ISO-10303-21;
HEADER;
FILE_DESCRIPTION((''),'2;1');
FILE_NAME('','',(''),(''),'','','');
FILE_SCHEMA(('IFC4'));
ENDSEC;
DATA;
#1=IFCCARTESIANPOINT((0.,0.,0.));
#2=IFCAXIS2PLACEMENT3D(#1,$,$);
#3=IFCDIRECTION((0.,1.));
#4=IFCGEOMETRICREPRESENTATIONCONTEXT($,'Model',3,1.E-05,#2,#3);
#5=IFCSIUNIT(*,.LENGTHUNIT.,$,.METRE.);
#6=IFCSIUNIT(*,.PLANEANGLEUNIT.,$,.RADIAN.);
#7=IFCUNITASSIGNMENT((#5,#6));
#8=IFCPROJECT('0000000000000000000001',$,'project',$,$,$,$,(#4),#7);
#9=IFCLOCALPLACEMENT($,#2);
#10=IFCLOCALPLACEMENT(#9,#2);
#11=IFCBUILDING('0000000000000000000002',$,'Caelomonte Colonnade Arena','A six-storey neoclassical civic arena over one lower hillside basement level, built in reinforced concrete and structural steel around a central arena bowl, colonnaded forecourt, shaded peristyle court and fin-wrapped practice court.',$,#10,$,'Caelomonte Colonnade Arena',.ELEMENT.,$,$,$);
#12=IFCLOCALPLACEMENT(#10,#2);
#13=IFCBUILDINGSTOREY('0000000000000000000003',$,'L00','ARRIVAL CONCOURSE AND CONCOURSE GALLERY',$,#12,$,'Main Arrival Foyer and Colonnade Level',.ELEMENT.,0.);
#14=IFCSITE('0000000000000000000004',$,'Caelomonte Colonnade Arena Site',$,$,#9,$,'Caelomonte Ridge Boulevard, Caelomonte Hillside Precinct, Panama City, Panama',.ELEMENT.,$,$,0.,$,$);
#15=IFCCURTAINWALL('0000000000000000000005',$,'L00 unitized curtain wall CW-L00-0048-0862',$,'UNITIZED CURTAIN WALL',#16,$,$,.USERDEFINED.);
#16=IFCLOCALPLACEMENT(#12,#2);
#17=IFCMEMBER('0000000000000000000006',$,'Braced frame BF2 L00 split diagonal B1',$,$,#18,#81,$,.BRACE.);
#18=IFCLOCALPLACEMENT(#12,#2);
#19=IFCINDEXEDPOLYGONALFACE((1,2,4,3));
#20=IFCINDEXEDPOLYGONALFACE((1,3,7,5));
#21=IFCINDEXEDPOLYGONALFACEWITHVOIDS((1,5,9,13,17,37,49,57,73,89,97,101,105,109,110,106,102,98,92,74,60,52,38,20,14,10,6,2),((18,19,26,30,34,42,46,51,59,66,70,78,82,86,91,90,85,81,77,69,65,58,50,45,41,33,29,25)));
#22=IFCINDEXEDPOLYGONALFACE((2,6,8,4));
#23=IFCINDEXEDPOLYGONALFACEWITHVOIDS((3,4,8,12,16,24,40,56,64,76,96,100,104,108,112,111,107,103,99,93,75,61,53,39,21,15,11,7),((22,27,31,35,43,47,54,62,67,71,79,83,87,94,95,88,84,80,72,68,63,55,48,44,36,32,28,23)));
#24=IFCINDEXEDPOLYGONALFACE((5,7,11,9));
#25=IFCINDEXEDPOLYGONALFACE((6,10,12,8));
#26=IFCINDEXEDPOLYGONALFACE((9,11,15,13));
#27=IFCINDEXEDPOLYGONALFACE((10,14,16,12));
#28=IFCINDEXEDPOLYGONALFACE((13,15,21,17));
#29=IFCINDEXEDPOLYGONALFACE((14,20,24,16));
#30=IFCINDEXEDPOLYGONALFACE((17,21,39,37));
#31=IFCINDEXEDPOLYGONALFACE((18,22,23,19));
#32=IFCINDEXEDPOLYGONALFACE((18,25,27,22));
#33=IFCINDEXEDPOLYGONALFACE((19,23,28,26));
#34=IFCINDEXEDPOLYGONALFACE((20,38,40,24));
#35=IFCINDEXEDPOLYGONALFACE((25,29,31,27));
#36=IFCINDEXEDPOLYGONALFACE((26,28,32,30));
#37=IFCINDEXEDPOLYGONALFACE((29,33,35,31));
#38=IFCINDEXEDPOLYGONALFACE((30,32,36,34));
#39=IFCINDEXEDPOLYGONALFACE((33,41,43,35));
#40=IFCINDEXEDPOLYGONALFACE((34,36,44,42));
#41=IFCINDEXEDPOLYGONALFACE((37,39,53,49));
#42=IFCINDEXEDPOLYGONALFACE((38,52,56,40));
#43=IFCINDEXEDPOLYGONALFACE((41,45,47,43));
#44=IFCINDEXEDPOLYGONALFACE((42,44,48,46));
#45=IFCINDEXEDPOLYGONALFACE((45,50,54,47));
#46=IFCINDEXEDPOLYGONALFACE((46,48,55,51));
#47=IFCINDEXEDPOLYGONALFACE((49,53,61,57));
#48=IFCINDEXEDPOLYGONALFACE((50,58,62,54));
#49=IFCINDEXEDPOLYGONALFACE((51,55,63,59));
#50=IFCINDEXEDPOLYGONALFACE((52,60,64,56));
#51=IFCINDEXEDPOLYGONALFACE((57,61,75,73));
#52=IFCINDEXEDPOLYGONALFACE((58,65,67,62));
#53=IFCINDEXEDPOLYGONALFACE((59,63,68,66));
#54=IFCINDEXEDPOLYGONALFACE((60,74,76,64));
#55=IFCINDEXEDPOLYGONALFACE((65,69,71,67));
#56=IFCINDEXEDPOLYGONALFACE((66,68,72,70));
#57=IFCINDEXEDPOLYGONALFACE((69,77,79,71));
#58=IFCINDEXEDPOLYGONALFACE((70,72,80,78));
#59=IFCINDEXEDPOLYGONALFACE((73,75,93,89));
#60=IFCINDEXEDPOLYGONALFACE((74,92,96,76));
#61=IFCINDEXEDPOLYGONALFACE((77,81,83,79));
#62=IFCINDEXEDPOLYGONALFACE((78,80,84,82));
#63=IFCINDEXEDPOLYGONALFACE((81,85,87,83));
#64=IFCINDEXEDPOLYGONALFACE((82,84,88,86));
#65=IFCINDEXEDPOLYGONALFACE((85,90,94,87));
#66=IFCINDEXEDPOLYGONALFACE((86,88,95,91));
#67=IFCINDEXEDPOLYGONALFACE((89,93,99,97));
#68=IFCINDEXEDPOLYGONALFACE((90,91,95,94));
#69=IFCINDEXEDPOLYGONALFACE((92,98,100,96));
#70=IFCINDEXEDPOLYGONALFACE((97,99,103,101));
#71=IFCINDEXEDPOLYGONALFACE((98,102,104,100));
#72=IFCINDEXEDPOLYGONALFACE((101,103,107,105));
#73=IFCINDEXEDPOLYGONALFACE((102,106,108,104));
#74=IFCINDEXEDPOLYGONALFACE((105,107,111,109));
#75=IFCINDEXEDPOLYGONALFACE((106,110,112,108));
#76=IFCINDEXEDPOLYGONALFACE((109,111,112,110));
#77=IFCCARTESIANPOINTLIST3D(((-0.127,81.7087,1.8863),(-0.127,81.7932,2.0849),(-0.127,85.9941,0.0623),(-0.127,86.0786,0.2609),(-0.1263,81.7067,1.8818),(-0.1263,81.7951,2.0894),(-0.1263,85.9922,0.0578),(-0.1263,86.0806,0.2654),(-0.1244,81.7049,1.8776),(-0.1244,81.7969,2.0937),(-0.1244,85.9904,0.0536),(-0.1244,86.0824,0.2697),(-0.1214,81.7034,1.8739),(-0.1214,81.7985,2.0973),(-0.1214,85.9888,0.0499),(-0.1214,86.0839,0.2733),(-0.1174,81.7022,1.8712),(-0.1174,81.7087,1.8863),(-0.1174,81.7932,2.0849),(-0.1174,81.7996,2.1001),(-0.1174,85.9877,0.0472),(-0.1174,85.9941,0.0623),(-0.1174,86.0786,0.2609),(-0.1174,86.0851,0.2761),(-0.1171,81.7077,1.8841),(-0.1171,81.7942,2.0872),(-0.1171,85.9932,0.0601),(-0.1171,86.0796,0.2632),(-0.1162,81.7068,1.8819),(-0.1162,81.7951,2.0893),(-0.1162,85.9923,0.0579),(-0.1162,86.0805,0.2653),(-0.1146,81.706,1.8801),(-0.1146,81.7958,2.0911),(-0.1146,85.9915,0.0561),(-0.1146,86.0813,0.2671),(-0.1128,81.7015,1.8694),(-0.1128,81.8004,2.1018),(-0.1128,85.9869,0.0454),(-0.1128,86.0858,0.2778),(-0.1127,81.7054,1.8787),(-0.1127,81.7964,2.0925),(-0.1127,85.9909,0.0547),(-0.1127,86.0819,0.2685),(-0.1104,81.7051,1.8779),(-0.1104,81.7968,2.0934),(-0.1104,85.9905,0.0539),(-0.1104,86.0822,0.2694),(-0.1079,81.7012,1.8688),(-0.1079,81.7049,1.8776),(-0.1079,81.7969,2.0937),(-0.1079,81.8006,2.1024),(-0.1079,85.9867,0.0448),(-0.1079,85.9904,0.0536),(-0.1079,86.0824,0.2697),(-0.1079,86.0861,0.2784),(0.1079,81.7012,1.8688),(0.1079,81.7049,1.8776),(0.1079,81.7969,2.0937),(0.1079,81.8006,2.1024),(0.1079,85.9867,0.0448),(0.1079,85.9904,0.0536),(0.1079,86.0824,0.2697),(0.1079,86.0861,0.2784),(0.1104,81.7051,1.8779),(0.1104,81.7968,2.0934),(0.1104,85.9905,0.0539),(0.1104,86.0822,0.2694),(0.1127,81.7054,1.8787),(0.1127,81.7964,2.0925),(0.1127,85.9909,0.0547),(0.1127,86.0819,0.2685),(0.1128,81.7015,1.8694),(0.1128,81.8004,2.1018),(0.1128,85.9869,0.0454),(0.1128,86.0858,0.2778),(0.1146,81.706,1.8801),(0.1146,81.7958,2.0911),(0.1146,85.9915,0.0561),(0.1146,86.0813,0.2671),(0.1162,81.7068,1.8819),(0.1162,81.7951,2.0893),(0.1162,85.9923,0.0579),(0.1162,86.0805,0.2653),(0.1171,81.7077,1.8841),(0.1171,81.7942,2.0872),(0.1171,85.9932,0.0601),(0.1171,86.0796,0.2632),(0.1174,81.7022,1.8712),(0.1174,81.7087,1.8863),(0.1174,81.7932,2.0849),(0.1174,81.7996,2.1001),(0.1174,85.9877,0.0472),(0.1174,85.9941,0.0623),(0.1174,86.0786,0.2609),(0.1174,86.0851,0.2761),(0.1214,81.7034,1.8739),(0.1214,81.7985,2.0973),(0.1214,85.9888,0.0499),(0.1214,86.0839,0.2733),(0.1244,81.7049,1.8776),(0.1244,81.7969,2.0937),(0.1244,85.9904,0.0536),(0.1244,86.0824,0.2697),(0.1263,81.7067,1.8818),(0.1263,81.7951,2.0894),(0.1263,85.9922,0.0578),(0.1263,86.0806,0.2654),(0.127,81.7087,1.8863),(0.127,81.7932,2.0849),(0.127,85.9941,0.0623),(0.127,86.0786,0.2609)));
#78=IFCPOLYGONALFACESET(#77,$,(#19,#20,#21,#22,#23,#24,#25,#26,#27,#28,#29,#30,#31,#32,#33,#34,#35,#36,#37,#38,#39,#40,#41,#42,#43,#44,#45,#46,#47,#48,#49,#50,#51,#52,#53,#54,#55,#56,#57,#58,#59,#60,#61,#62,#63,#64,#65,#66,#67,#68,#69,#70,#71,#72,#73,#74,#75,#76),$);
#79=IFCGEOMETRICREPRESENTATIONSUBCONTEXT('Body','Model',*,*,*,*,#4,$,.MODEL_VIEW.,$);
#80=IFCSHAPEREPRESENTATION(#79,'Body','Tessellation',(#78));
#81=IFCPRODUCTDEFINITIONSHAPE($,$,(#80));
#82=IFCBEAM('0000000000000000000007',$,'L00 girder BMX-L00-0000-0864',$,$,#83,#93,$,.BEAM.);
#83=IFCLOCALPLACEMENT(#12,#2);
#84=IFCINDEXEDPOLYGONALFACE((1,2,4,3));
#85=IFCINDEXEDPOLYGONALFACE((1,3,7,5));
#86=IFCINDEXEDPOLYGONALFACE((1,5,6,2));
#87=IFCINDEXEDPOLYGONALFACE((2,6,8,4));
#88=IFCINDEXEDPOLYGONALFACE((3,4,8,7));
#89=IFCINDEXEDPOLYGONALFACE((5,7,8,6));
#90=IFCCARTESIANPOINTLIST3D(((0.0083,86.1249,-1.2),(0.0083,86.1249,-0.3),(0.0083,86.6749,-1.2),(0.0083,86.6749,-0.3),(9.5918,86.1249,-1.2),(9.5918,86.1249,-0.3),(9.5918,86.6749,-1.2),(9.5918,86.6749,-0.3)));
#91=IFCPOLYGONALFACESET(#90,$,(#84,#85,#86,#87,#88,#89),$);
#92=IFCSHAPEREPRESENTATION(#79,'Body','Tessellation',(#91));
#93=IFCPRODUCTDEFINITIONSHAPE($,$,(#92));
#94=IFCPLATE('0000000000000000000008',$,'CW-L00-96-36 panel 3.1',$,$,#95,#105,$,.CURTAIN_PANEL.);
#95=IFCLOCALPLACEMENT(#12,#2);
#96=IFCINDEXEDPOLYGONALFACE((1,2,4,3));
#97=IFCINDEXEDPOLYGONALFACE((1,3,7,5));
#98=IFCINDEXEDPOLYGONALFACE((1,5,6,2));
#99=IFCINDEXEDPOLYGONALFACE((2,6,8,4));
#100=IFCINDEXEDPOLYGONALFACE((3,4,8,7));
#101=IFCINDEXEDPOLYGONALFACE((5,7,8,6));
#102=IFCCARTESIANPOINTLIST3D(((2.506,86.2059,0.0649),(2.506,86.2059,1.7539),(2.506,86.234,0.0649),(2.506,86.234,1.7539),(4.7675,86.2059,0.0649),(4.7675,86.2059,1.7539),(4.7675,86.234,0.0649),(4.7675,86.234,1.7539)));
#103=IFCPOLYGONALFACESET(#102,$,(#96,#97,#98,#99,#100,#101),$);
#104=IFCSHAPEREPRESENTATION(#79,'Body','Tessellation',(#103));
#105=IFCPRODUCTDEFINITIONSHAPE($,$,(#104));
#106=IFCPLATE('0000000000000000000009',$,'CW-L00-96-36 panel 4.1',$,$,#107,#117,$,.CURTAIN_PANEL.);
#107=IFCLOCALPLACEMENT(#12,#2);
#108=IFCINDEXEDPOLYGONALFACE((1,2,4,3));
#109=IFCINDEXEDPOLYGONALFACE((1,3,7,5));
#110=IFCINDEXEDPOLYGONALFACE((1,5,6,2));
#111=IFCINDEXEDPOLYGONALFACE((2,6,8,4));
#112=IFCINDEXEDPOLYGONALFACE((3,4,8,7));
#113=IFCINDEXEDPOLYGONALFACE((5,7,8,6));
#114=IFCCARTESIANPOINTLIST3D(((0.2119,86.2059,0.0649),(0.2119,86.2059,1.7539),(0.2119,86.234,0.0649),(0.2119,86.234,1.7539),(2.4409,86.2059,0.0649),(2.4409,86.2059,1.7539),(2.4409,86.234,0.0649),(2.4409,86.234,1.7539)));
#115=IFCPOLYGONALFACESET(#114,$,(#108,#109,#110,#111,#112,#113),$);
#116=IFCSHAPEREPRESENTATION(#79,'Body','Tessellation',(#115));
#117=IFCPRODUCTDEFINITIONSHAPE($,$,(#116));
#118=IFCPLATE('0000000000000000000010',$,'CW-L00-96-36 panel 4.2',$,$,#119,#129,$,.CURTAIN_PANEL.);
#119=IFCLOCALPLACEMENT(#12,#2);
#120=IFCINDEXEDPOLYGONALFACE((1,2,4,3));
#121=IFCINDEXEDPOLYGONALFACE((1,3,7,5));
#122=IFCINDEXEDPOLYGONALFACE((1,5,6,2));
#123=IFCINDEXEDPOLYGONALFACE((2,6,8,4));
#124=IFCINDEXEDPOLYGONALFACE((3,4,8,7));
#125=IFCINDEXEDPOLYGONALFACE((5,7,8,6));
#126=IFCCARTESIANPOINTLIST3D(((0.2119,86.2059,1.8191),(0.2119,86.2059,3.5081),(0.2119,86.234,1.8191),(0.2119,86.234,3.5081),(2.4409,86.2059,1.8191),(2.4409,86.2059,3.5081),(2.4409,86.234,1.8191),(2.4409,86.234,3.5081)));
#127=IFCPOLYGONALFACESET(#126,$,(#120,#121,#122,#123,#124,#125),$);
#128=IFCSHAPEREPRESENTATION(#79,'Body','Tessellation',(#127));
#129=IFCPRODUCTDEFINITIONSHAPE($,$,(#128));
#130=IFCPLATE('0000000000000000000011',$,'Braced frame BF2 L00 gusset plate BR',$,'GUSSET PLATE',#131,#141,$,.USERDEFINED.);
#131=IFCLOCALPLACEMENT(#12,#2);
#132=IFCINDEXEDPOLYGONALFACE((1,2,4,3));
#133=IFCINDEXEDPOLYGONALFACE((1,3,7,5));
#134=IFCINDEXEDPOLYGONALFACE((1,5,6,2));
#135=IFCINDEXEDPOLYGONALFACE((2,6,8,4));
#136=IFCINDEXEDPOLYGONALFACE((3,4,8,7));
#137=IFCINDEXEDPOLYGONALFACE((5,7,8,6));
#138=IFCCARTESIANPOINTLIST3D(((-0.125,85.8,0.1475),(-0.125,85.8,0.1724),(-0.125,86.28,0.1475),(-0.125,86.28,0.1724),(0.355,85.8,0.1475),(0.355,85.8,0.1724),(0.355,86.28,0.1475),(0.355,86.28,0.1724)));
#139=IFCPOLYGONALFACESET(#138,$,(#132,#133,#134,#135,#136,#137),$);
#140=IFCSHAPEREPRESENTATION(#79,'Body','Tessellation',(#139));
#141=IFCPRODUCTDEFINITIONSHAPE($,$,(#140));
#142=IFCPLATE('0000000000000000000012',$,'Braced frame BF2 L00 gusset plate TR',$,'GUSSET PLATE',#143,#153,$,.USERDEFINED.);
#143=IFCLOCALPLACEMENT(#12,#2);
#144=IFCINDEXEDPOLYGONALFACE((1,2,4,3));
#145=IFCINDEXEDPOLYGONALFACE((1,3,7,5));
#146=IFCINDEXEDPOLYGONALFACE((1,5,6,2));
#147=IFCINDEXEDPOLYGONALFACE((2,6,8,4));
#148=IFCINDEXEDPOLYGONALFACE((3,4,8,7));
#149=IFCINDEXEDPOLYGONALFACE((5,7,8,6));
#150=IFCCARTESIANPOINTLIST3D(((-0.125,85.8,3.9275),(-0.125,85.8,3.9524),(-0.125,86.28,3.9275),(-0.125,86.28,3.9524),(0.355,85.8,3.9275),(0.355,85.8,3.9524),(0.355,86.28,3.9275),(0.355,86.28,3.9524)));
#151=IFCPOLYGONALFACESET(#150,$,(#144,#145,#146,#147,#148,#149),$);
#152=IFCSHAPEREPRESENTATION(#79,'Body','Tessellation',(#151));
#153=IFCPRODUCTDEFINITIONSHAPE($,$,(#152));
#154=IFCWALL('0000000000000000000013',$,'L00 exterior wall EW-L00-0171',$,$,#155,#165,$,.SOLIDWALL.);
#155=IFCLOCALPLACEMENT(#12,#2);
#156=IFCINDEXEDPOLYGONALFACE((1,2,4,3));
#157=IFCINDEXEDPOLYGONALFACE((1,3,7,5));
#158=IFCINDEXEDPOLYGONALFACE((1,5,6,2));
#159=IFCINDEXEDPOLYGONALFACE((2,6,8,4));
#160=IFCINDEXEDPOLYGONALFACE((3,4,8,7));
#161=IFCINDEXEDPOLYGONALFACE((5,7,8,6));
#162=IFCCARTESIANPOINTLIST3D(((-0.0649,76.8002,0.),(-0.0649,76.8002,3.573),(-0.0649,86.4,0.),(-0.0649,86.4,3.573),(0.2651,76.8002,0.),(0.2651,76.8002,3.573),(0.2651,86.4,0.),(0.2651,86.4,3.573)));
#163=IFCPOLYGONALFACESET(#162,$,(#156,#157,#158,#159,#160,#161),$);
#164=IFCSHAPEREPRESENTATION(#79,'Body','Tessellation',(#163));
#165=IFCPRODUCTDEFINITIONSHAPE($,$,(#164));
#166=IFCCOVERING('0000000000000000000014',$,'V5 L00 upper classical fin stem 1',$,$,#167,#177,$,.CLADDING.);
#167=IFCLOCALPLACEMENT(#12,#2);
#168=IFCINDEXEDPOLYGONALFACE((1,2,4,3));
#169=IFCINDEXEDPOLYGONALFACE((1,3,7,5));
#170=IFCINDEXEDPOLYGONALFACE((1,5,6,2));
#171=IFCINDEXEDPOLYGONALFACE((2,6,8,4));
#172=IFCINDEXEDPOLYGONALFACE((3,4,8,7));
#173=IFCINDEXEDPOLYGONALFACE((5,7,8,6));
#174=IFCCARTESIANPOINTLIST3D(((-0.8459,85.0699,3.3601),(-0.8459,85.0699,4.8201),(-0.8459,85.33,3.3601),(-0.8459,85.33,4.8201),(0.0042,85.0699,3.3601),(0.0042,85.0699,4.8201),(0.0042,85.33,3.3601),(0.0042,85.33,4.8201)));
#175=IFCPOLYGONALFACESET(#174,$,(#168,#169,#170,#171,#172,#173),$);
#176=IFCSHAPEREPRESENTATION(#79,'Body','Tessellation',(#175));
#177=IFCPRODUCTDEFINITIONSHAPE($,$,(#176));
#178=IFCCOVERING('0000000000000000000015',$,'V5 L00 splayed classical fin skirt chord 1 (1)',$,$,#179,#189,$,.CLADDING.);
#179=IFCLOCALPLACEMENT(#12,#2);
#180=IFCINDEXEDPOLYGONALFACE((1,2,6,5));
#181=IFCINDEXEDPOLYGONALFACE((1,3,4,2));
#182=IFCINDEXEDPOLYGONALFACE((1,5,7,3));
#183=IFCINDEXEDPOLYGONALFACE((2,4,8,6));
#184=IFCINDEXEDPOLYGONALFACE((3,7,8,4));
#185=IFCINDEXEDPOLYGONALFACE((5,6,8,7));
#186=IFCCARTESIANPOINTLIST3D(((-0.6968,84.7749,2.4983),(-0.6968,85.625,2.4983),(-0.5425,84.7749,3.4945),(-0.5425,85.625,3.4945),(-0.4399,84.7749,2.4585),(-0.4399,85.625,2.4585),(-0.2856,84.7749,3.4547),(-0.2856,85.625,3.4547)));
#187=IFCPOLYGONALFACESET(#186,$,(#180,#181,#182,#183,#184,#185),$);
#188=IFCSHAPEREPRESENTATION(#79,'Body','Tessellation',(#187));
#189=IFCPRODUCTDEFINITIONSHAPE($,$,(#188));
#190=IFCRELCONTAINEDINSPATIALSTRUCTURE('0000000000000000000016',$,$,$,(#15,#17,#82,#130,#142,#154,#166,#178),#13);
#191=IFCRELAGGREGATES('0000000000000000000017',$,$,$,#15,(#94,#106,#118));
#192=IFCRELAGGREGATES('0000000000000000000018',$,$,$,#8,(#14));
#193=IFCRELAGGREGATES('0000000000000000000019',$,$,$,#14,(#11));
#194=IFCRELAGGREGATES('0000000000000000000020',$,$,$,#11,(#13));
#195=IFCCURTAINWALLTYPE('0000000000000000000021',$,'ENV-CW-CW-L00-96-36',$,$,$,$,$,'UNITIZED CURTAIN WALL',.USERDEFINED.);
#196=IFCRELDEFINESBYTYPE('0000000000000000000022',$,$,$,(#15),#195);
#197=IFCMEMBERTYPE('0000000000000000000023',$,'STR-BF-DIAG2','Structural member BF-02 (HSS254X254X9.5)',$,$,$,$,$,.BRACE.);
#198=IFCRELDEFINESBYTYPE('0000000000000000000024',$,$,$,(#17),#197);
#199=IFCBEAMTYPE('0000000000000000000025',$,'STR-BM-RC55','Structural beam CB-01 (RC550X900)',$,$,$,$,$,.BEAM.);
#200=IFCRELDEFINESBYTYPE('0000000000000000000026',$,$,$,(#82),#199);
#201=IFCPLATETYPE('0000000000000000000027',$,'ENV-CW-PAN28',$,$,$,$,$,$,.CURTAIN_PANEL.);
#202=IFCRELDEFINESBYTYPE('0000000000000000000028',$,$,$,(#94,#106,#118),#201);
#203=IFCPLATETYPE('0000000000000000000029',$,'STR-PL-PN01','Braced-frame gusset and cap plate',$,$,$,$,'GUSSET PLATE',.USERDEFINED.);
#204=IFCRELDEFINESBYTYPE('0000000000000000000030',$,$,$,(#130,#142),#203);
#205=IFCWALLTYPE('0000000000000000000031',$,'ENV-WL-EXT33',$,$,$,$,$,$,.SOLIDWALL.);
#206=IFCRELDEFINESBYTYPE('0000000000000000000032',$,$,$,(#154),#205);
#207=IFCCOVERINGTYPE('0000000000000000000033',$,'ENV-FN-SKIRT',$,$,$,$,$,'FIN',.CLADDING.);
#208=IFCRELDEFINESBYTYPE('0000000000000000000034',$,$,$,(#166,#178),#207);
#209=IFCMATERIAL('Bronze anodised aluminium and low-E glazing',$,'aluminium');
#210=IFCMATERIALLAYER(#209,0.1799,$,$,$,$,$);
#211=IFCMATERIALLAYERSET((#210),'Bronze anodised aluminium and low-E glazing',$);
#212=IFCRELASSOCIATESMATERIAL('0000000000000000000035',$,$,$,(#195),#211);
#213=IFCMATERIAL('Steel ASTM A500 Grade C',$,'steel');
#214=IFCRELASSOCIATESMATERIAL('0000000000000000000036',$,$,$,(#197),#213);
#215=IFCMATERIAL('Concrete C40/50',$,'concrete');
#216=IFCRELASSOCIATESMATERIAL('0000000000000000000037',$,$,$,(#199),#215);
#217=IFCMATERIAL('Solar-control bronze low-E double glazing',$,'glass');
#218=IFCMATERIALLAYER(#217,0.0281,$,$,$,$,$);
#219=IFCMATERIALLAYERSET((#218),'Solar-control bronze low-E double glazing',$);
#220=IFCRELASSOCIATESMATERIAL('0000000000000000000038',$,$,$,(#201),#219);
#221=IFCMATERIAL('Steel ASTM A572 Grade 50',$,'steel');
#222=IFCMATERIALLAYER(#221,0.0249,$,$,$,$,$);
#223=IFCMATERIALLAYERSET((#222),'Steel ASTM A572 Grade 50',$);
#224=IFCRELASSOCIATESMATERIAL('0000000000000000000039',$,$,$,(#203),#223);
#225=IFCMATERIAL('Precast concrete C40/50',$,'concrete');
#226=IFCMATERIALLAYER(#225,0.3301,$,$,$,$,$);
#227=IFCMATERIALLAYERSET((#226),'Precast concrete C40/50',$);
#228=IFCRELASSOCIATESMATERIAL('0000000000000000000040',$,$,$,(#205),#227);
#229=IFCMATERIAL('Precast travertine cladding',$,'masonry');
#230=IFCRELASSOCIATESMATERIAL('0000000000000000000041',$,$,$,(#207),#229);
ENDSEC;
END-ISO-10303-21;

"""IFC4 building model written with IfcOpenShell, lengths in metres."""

from ifc_helpers import new_model, si_unit, direction, frame, frame_2d, origin, origin_2d, place, context, subcontext, project, spatial, rectangle, hollow_rectangle, extrude, material, layer, layer_set, material_profile, profile_set, type_object, element, aggregate, save


model = new_model("IFC4")

# Units and contexts
model_context = context("Model", 3, precision=1e-05, world=origin(), true_north=direction((0.0, 1.0)))
body_context = subcontext(model_context, "Body", "Model", "MODEL_VIEW")
ifc_project = project(units=[si_unit("LENGTHUNIT", "METRE"), si_unit("PLANEANGLEUNIT", "RADIAN")], contexts=[model_context])

# Site, building, storey
site_placement = place(None, origin())
site = spatial("IfcSite", under=ifc_project, at=site_placement, Name="Caelomonte Colonnade Arena Site", LongName="Caelomonte Ridge Boulevard, Caelomonte Hillside Precinct, Panama City, Panama", CompositionType="ELEMENT", RefElevation=0.0)
building_placement = place(site_placement, origin())
building = spatial("IfcBuilding", under=site, at=building_placement, Name="Caelomonte Colonnade Arena", Description="A six-storey neoclassical civic arena over one lower hillside basement level, built in reinforced concrete and structural steel around a central arena bowl, colonnaded forecourt, shaded peristyle court and fin-wrapped practice court.", LongName="Caelomonte Colonnade Arena", CompositionType="ELEMENT")
storey_placement = place(building_placement, origin())
storey = spatial("IfcBuildingStorey", under=building, at=storey_placement, Name="L00", Description="ARRIVAL CONCOURSE AND CONCOURSE GALLERY", LongName="Main Arrival Foyer and Colonnade Level", CompositionType="ELEMENT", Elevation=0.0)

# Shared definitions
ifc_material_1 = material(Name="Steel ASTM A500 Grade C", Category="steel")

# Curtain wall
ifc_material_2 = material(Name="Bronze anodised aluminium and low-E glazing", Category="aluminium")
ifc_layer_1 = layer(ifc_material_2, 0.1799)
ifc_layer_set_1 = layer_set([ifc_layer_1], Name="Bronze anodised aluminium and low-E glazing")
curtain_wall_type = type_object("IfcCurtainWallType", Name="ENV-CW-CW-L00-96-36", ElementType="UNITIZED CURTAIN WALL", PredefinedType="USERDEFINED", material=ifc_layer_set_1)
curtain_wall_placement = place(storey_placement, origin())
curtain_wall = element("IfcCurtainWall", 1, at=curtain_wall_placement, inside=storey, type_object=curtain_wall_type, Name="L00 unitized curtain wall CW-L00-0048-0862", ObjectType="UNITIZED CURTAIN WALL", PredefinedType="USERDEFINED")

# Member
ifc_material_profile_1 = material_profile(ifc_material_1, hollow_rectangle(XDim=0.2539, YDim=0.2539, WallThickness=0.0095, InnerFilletRadius=0.0095, OuterFilletRadius=0.019, at=origin_2d()), Name="HSS254X254X9.5")
ifc_profile_set_1 = profile_set([ifc_material_profile_1], Name="Steel ASTM A500 Grade C")
member_type_1 = type_object("IfcMemberType", Name="STR-BF-DIAG2", Description="Structural member BF-02 (HSS254X254X9.5)", PredefinedType="BRACE", material=ifc_profile_set_1)
member_1_placement = place(storey_placement, frame((0.0, 86.0364, 0.1616), z_axis=(0.0, -0.920124, 0.391628), x_axis=(1.0, 0.0, 0.0)))
element("IfcMember", 2, at=member_1_placement, inside=storey, type_object=member_type_1, Name="Braced frame BF2 L00 split diagonal B1", PredefinedType="BRACE", context=body_context, shape_type="SweptSolid", body=[
    extrude(hollow_rectangle(XDim=0.2539, YDim=0.2539, WallThickness=0.0095, InnerFilletRadius=0.0095, OuterFilletRadius=0.019, at=origin_2d()), origin(), (0.0, 0.0, 1.0), 4.6575),
])

# Beam
ifc_material_3 = material(Name="Concrete C40/50", Category="concrete")
ifc_material_profile_2 = material_profile(ifc_material_3, rectangle(XDim=0.55, YDim=0.8999, at=origin_2d()), Name="RC550X900")
ifc_profile_set_2 = profile_set([ifc_material_profile_2], Name="Concrete C40/50")
beam_type = type_object("IfcBeamType", Name="STR-BM-RC55", Description="Structural beam CB-01 (RC550X900)", PredefinedType="BEAM", material=ifc_profile_set_2)
beam_placement = place(storey_placement, frame((0.0083, 86.3999, -0.75), z_axis=(1.0, 0.0, 0.0), x_axis=(0.0, 1.0, 0.0)))
element("IfcBeam", 3, at=beam_placement, inside=storey, type_object=beam_type, Name="L00 girder BMX-L00-0000-0864", PredefinedType="BEAM", context=body_context, shape_type="SweptSolid", body=[
    extrude(rectangle(XDim=0.55, YDim=0.8999, at=origin_2d()), origin(), (0.0, 0.0, 1.0), 9.5835),
])

# Plates
ifc_material_4 = material(Name="Solar-control bronze low-E double glazing", Category="glass")
ifc_layer_2 = layer(ifc_material_4, 0.0281)
ifc_layer_set_2 = layer_set([ifc_layer_2], Name="Solar-control bronze low-E double glazing")
plate_type_1 = type_object("IfcPlateType", Name="ENV-CW-PAN28", PredefinedType="CURTAIN_PANEL", material=ifc_layer_set_2)
plate_1_placement = place(storey_placement, frame((3.6367, 86.22, 0.0649), z_axis=(0.0, 0.0, 1.0), x_axis=(-1.0, 0.0, 0.0)))
plate_1 = element("IfcPlate", 4, at=plate_1_placement, type_object=plate_type_1, Name="CW-L00-96-36 panel 3.1", PredefinedType="CURTAIN_PANEL", context=body_context, shape_type="SweptSolid", body=[
    extrude(rectangle(XDim=2.2615, YDim=0.0281, at=origin_2d()), origin(), (0.0, 0.0, 1.0), 1.689),
])
plate_2_placement = place(storey_placement, frame((1.3264, 86.22, 0.0649), z_axis=(0.0, 0.0, 1.0), x_axis=(-1.0, 0.0, 0.0)))
plate_2 = element("IfcPlate", 5, at=plate_2_placement, type_object=plate_type_1, Name="CW-L00-96-36 panel 4.1", PredefinedType="CURTAIN_PANEL", context=body_context, shape_type="SweptSolid", body=[
    extrude(rectangle(XDim=2.229, YDim=0.0281, at=origin_2d()), origin(), (0.0, 0.0, 1.0), 1.689),
])
plate_3_placement = place(storey_placement, frame((1.3264, 86.22, 1.8191), z_axis=(0.0, 0.0, 1.0), x_axis=(-1.0, 0.0, 0.0)))
plate_3 = element("IfcPlate", 6, at=plate_3_placement, type_object=plate_type_1, Name="CW-L00-96-36 panel 4.2", PredefinedType="CURTAIN_PANEL", context=body_context, shape_type="SweptSolid", body=[
    extrude(rectangle(XDim=2.229, YDim=0.0281, at=origin_2d()), origin(), (0.0, 0.0, 1.0), 1.689),
])
aggregate(curtain_wall, [plate_1, plate_2, plate_3])

# Plates
ifc_material_5 = material(Name="Steel ASTM A572 Grade 50", Category="steel")
ifc_layer_3 = layer(ifc_material_5, 0.0249)
ifc_layer_set_3 = layer_set([ifc_layer_3], Name="Steel ASTM A572 Grade 50")
plate_type_2 = type_object("IfcPlateType", Name="STR-PL-PN01", Description="Braced-frame gusset and cap plate", ElementType="GUSSET PLATE", PredefinedType="USERDEFINED", material=ifc_layer_set_3)
for number, where, z_axis, x_axis, name in (
    (7, (0.115, 86.04, 0.1475), (0.0, 0.0, 1.0), (1.0, 0.0, 0.0), "Braced frame BF2 L00 gusset plate BR"),
    (8, (0.115, 86.04, 3.9275), (0.0, 0.0, 1.0), (1.0, 0.0, 0.0), "Braced frame BF2 L00 gusset plate TR"),
):
    element("IfcPlate", number, at=place(storey_placement, frame(where, z_axis=z_axis, x_axis=x_axis)), inside=storey, type_object=plate_type_2, Name=name, ObjectType="GUSSET PLATE", PredefinedType="USERDEFINED", context=body_context, shape_type="SweptSolid", body=[
        extrude(rectangle(XDim=0.48, YDim=0.48, at=origin_2d()), origin(), (0.0, 0.0, 1.0), 0.0249),
    ])

# Wall
ifc_material_6 = material(Name="Precast concrete C40/50", Category="concrete")
ifc_layer_4 = layer(ifc_material_6, 0.3301)
ifc_layer_set_4 = layer_set([ifc_layer_4], Name="Precast concrete C40/50")
wall_type = type_object("IfcWallType", Name="ENV-WL-EXT33", PredefinedType="SOLIDWALL", material=ifc_layer_set_4)
wall_placement = place(storey_placement, frame((0.1001, 86.3999, 0.0), z_axis=(0.0, 0.0, 1.0), x_axis=(0.0, -1.0, 0.0)))
element("IfcWall", 9, at=wall_placement, inside=storey, type_object=wall_type, Name="L00 exterior wall EW-L00-0171", PredefinedType="SOLIDWALL", context=body_context, shape_type="SweptSolid", body=[
    extrude(rectangle(XDim=9.5999, YDim=0.3301, at=frame_2d((4.7998, 0.0))), origin(), (0.0, 0.0, 1.0), 3.573),
])

# Coverings
ifc_material_7 = material(Name="Precast travertine cladding", Category="masonry")
ifc_material_profile_3 = material_profile(ifc_material_7, rectangle(XDim=0.26, YDim=0.8501, at=origin_2d()), Name="FIN260X850")
ifc_profile_set_3 = profile_set([ifc_material_profile_3], Name="Precast travertine cladding")
covering_type = type_object("IfcCoveringType", Name="ENV-FN-SKIRT", ElementType="FIN", PredefinedType="CLADDING", material=ifc_profile_set_3)
covering_1_placement = place(storey_placement, frame((-0.4209, 85.2, 3.3601), z_axis=(0.0, 0.0, 1.0), x_axis=(0.0, 1.0, 0.0)))
element("IfcCovering", 10, at=covering_1_placement, inside=storey, type_object=covering_type, Name="V5 L00 upper classical fin stem 1", PredefinedType="CLADDING", context=body_context, shape_type="SweptSolid", body=[
    extrude(rectangle(XDim=0.26, YDim=0.8501, at=origin_2d()), origin(), (0.0, 0.0, 1.0), 1.46),
])
covering_2_placement = place(storey_placement, frame((-0.4141, 85.2, 3.4746), z_axis=(-0.153076, 0.0, -0.988214), x_axis=(-0.988214, 0.0, 0.153076)))
element("IfcCovering", 11, at=covering_2_placement, inside=storey, type_object=covering_type, Name="V5 L00 splayed classical fin skirt chord 1 (1)", PredefinedType="CLADDING", context=body_context, shape_type="SweptSolid", body=[
    extrude(rectangle(XDim=0.26, YDim=0.8501, at=origin_2d()), origin(), (0.0, 0.0, 1.0), 1.0081),
])

save(model, "model.ifc")
